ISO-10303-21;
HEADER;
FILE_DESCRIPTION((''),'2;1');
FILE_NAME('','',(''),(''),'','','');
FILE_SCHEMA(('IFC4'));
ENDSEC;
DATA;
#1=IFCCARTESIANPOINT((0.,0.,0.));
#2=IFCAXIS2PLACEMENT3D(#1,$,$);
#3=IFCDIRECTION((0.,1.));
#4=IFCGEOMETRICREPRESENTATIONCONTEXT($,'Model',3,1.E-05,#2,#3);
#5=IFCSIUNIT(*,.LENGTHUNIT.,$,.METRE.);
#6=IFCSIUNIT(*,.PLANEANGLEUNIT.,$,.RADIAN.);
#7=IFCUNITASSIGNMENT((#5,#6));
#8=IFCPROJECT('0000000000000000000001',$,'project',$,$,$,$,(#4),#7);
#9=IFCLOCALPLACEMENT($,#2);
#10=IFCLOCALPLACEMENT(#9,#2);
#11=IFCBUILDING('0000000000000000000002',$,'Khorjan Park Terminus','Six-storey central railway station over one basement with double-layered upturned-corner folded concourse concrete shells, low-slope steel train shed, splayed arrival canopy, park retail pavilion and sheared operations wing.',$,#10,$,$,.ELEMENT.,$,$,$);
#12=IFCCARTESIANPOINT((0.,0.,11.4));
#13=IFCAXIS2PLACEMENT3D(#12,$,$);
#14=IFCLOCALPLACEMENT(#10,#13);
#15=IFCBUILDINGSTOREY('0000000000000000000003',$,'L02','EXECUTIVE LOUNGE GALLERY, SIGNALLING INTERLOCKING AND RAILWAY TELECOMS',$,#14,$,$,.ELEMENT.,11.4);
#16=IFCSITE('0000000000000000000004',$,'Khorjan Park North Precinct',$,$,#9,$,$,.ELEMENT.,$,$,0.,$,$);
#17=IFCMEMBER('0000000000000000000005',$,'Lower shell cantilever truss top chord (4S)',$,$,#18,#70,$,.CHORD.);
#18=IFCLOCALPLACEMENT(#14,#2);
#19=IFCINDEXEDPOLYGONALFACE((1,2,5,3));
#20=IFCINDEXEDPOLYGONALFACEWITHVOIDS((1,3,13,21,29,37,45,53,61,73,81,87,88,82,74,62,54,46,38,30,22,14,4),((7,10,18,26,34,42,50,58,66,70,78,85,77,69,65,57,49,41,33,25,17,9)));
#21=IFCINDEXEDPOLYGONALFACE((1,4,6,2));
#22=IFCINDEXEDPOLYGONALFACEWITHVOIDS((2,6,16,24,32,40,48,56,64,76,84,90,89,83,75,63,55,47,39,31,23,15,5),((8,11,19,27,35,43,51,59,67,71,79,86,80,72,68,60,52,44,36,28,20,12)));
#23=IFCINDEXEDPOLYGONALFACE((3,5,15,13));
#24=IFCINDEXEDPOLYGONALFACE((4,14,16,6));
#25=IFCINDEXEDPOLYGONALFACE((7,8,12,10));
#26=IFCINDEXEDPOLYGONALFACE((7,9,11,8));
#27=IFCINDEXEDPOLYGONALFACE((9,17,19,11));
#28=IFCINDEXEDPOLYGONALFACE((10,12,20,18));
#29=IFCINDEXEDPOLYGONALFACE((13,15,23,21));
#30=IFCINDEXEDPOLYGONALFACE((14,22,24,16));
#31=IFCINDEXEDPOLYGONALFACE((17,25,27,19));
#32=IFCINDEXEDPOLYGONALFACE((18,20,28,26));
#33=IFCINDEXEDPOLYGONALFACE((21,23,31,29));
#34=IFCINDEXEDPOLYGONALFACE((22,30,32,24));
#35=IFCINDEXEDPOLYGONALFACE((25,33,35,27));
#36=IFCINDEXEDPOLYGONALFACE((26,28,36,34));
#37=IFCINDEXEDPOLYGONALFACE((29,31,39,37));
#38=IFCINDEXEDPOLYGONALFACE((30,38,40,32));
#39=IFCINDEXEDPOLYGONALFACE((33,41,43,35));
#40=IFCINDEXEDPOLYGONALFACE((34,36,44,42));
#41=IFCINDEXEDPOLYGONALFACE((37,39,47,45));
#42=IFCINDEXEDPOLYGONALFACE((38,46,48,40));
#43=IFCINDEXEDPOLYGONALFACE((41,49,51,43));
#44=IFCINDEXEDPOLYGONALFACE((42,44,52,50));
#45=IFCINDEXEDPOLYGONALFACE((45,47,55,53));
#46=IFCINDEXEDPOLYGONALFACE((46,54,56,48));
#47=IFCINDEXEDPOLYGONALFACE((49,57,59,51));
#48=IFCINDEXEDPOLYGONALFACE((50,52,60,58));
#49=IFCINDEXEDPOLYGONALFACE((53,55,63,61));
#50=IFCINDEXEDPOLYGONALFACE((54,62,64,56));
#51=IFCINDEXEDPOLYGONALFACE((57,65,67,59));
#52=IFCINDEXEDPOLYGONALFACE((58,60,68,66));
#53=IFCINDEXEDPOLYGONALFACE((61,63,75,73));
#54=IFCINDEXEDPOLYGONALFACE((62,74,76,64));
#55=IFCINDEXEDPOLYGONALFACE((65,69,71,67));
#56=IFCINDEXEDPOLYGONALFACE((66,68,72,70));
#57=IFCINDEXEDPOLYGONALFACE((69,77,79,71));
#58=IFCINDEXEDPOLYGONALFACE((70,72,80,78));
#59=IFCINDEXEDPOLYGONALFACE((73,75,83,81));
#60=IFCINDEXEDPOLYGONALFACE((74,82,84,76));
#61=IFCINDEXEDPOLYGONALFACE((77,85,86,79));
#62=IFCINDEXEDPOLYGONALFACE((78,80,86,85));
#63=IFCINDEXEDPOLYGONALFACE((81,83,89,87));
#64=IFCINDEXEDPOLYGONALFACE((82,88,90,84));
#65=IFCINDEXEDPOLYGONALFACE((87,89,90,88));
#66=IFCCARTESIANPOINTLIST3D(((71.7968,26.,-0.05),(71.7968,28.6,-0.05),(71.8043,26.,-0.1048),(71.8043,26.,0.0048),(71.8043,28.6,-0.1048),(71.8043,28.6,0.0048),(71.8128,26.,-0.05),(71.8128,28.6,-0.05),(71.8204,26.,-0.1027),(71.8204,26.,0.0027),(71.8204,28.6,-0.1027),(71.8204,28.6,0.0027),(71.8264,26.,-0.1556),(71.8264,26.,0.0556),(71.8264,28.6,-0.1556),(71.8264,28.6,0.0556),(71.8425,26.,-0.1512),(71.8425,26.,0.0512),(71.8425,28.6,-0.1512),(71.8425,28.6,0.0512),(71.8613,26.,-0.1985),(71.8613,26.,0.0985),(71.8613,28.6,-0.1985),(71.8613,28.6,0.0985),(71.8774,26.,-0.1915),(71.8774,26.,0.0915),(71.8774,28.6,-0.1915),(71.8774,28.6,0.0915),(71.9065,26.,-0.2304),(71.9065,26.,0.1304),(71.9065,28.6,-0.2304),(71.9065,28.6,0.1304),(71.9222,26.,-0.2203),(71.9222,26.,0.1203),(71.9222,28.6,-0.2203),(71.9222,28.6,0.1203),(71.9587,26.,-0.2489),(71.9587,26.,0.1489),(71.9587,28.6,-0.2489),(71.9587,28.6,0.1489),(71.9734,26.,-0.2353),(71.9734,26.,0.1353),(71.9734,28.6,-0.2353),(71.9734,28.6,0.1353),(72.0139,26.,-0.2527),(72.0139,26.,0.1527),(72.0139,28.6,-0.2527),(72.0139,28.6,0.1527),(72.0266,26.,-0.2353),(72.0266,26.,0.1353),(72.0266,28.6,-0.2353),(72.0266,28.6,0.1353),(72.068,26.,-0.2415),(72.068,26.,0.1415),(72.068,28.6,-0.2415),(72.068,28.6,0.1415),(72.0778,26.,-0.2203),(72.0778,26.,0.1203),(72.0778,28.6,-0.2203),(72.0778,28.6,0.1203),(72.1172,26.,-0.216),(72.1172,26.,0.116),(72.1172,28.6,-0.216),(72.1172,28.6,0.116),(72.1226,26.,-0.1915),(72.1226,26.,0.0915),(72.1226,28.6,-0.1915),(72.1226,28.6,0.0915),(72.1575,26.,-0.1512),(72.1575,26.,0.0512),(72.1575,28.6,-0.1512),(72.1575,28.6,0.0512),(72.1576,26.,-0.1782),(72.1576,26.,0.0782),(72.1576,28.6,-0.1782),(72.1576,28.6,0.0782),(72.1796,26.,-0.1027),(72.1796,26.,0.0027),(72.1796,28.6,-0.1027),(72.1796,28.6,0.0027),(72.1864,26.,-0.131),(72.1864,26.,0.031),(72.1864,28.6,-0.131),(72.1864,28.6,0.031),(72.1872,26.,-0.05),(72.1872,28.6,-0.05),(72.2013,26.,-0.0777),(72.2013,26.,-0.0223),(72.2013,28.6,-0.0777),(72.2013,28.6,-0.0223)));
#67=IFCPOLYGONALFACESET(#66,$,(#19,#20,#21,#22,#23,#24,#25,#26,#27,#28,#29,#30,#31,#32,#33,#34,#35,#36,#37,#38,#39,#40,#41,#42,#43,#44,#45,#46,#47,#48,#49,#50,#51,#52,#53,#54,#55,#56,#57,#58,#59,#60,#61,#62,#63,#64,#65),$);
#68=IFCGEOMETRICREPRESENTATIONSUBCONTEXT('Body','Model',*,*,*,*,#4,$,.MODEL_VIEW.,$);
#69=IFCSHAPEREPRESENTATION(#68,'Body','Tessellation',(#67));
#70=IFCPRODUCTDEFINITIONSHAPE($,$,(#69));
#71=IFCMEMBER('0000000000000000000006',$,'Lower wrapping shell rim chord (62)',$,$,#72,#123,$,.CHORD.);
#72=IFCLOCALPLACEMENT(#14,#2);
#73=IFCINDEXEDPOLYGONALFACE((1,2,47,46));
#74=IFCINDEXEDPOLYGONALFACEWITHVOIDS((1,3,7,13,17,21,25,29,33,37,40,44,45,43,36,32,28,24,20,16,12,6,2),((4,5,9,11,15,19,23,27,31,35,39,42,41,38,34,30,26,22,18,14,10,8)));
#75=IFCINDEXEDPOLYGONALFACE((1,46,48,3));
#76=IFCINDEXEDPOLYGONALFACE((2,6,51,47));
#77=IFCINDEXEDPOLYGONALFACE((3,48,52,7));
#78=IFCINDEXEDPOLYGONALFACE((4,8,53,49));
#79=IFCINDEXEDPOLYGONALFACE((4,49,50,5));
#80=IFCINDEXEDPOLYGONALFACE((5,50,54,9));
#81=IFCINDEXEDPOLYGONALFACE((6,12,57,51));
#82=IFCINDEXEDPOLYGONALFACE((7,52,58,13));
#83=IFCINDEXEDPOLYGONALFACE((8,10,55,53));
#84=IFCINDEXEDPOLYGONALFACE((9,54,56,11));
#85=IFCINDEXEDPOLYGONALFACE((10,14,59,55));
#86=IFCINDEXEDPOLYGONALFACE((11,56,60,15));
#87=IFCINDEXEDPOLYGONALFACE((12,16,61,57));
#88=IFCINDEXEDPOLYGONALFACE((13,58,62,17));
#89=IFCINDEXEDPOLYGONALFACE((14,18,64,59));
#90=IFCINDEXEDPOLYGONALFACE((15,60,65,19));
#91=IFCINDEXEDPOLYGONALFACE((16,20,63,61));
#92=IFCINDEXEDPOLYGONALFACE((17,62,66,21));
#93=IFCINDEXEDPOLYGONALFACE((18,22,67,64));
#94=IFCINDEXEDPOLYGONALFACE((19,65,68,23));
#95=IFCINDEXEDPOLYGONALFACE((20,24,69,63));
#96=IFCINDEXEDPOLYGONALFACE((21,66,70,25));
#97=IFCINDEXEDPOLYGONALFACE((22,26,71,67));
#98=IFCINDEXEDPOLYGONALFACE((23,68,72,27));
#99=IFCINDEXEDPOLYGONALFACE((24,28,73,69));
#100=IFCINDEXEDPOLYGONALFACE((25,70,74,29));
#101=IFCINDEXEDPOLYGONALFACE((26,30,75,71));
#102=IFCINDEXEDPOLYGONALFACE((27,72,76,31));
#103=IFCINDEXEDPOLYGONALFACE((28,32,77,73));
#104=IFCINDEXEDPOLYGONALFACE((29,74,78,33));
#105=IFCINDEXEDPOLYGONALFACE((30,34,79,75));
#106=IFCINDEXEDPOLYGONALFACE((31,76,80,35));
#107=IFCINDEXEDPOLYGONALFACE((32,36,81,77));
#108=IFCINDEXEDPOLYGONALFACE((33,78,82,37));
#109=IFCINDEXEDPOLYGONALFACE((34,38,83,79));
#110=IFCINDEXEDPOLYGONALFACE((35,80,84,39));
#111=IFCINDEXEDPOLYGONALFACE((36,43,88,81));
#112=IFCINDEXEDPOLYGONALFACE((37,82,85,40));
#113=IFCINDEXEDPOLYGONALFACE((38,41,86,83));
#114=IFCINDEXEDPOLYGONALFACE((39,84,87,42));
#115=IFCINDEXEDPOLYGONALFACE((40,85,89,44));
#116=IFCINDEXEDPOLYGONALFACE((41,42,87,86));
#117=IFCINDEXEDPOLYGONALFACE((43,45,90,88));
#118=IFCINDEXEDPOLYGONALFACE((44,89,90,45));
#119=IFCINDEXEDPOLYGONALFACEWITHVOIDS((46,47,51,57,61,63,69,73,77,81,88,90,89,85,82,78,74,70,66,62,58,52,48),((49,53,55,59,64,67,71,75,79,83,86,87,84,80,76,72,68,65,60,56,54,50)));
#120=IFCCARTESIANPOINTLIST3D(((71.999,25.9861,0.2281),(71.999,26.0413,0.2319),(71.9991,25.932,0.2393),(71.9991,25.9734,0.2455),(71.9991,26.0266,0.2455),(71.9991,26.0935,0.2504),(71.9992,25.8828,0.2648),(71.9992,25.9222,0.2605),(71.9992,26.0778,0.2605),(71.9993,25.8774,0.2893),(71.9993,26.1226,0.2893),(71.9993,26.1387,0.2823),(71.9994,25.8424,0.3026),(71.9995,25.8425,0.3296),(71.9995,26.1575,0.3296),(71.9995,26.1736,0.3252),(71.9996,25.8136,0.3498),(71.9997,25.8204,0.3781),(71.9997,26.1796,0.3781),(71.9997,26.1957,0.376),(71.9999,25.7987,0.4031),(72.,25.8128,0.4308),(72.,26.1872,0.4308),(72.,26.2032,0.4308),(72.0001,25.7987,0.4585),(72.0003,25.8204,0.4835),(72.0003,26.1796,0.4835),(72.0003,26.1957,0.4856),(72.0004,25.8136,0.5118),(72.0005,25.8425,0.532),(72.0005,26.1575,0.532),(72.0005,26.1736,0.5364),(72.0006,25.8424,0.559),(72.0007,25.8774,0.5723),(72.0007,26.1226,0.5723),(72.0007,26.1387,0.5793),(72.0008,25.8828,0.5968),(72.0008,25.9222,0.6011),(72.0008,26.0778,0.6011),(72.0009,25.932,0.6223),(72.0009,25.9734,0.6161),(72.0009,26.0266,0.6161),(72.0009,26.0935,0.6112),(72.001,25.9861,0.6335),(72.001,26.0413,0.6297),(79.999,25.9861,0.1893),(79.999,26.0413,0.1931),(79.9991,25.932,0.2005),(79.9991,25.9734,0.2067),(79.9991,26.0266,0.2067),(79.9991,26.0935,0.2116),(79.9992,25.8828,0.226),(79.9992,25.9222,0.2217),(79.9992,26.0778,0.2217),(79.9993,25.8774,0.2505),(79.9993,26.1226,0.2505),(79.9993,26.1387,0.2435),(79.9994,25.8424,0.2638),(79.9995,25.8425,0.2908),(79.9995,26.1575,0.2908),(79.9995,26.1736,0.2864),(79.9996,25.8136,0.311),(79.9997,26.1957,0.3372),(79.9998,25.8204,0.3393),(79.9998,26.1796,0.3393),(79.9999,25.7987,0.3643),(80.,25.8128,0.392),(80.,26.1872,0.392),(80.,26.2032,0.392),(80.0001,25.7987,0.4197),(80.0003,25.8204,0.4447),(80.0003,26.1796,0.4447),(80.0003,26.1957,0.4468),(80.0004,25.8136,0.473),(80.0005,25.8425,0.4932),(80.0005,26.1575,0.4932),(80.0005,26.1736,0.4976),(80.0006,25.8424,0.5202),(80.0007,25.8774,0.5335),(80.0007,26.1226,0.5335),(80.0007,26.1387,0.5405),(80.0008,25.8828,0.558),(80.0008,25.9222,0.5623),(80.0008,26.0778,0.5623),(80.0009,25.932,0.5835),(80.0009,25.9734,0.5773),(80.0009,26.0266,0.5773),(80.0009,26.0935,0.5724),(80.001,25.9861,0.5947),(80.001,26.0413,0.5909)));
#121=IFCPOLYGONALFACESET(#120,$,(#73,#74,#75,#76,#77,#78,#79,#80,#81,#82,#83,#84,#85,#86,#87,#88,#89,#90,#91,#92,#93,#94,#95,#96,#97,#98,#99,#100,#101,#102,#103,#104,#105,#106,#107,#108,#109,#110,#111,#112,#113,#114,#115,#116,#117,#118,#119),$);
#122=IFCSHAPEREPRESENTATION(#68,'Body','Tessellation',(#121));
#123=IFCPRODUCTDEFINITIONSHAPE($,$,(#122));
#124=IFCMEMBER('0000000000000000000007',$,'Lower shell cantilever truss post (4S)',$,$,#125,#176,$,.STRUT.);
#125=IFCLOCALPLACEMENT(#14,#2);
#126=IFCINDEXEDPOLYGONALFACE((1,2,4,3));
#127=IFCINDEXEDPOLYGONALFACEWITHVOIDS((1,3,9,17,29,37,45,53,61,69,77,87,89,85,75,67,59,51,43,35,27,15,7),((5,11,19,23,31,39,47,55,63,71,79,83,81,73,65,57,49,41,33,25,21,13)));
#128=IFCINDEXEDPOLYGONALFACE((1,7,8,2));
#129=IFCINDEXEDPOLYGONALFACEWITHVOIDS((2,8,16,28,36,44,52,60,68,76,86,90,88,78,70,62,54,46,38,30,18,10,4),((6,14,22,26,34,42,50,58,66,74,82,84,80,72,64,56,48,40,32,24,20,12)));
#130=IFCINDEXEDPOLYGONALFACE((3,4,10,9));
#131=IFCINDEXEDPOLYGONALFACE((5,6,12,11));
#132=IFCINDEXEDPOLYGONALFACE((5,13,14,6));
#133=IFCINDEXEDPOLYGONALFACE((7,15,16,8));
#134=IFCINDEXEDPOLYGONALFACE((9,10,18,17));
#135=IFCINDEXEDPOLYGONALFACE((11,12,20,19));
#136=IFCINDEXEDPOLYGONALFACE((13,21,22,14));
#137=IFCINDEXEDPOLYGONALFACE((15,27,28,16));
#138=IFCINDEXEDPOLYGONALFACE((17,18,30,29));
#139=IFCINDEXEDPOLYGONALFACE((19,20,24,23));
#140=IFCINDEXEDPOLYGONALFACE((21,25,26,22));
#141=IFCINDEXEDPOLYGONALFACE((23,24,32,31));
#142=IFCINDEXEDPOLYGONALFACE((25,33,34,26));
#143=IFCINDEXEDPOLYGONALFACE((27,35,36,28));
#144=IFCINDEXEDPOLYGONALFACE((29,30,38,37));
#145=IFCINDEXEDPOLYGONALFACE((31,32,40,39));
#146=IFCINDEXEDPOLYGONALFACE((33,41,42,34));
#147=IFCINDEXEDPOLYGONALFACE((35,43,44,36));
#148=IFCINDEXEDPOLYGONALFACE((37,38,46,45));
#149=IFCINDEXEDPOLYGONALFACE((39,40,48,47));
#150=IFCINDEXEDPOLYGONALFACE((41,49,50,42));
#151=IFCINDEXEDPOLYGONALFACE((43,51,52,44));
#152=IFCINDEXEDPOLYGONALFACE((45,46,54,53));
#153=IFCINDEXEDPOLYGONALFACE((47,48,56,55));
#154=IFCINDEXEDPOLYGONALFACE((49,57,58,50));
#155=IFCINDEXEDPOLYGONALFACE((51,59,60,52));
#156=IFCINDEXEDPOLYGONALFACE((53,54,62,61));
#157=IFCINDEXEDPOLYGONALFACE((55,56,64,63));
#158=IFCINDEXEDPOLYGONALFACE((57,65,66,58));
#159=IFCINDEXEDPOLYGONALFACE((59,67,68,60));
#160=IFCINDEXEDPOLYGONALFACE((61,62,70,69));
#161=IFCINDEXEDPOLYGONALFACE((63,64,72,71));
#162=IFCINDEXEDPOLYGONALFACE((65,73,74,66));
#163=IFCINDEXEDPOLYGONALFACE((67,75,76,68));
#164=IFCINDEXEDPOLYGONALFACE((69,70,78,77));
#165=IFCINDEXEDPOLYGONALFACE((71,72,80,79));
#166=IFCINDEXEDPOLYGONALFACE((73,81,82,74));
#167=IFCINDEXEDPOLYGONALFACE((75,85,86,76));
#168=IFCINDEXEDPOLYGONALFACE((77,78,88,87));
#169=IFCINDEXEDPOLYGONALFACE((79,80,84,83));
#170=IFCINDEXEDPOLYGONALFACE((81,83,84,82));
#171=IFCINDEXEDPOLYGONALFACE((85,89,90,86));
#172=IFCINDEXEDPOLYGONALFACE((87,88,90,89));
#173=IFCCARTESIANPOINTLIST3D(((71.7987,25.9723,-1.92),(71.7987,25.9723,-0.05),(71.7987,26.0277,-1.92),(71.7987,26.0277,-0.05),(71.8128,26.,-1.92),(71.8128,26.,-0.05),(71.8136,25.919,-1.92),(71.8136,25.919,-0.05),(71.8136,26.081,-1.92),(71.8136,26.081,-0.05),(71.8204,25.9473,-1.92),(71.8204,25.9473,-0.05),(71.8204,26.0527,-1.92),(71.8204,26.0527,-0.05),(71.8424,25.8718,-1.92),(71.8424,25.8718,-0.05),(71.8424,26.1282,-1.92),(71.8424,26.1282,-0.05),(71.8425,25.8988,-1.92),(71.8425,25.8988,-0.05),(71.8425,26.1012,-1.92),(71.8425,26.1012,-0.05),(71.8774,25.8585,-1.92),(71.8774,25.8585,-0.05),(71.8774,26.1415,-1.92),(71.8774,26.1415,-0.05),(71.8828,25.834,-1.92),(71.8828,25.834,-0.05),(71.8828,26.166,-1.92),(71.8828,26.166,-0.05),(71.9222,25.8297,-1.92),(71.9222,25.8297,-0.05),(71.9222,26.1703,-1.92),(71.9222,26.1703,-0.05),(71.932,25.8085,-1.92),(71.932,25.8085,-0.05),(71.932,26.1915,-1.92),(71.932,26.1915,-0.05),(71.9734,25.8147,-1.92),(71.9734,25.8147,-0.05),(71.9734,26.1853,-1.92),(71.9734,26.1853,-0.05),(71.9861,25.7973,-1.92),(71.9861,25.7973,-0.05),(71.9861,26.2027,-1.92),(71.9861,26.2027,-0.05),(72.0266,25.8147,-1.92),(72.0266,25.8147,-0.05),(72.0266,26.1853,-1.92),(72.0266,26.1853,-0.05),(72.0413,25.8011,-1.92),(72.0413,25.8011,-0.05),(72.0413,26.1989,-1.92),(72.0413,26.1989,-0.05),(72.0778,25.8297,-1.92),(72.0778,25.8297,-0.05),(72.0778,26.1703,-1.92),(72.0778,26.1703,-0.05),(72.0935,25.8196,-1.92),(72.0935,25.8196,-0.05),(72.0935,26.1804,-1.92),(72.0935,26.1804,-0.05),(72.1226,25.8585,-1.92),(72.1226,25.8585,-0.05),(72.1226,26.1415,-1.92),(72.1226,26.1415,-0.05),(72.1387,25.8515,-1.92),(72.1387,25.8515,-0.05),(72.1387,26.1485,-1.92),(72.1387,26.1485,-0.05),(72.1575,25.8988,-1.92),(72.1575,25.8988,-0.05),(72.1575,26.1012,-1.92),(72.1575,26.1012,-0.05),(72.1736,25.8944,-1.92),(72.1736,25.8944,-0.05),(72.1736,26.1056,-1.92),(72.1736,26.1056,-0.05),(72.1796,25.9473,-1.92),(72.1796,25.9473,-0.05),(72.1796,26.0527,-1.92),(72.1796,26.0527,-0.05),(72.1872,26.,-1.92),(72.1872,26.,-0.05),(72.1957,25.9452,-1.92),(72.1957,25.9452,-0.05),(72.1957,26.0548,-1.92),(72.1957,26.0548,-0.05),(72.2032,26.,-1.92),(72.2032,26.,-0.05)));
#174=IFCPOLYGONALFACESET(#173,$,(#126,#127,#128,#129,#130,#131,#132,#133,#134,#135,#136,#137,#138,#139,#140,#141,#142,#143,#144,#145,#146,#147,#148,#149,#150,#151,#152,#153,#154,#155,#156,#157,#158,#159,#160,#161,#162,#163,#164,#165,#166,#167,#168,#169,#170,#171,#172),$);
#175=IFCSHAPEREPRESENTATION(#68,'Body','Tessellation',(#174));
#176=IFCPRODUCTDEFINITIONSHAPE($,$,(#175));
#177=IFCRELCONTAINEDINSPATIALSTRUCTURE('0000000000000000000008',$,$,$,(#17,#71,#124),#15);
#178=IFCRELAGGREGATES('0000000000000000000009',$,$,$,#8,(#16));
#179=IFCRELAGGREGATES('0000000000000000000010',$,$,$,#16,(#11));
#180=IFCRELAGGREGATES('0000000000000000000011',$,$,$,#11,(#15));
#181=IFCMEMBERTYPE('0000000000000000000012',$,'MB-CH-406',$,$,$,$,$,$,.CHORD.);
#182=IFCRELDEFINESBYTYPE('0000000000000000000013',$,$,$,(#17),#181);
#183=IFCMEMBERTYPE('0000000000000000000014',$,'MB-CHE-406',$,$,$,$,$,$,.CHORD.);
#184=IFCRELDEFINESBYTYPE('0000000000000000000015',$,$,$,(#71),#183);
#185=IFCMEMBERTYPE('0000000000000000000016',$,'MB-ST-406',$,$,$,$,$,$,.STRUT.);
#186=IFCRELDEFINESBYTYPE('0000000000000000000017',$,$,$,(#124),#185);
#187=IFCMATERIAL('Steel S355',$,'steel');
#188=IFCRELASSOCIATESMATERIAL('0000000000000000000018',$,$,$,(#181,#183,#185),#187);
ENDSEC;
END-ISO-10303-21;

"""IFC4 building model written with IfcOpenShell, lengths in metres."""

from ifc_helpers import new_model, si_unit, direction, frame, origin, origin_2d, place, context, subcontext, project, spatial, hollow_circle, extrude, material, material_profile, profile_set, type_object, element, save


model = new_model("IFC4")

# Units and contexts
model_context = context("Model", 3, precision=1e-05, world=origin(), true_north=direction((0.0, 1.0)))
body_context = subcontext(model_context, "Body", "Model", "MODEL_VIEW")
ifc_project = project(units=[si_unit("LENGTHUNIT", "METRE"), si_unit("PLANEANGLEUNIT", "RADIAN")], contexts=[model_context])

# Site, building, storey
site_placement = place(None, origin())
site = spatial("IfcSite", under=ifc_project, at=site_placement, Name="Khorjan Park North Precinct", CompositionType="ELEMENT", RefElevation=0.0)
building_placement = place(site_placement, origin())
building = spatial("IfcBuilding", under=site, at=building_placement, Name="Khorjan Park Terminus", Description="Six-storey central railway station over one basement with double-layered upturned-corner folded concourse concrete shells, low-slope steel train shed, splayed arrival canopy, park retail pavilion and sheared operations wing.", CompositionType="ELEMENT")
storey_placement = place(building_placement, frame((0.0, 0.0, 11.4)))
storey = spatial("IfcBuildingStorey", under=building, at=storey_placement, Name="L02", Description="EXECUTIVE LOUNGE GALLERY, SIGNALLING INTERLOCKING AND RAILWAY TELECOMS", CompositionType="ELEMENT", Elevation=11.4)

# Members
ifc_material_1 = material(Name="Steel S355", Category="steel")
ifc_material_profile_1 = material_profile(ifc_material_1, hollow_circle(Radius=0.2032, WallThickness=0.016, at=origin_2d()), Name="CHS 406.4x16")
ifc_profile_set_1 = profile_set([ifc_material_profile_1], Name="Steel S355")
member_type_1 = type_object("IfcMemberType", Name="MB-CH-406", PredefinedType="CHORD", material=ifc_profile_set_1)
member_1_placement = place(storey_placement, frame((72.0, 26.0, -0.05), z_axis=(0.0, 1.0, 0.0), x_axis=(-1.0, 0.0, 0.0)))
element("IfcMember", 1, at=member_1_placement, inside=storey, type_object=member_type_1, Name="Lower shell cantilever truss top chord (4S)", PredefinedType="CHORD", context=body_context, shape_type="SweptSolid", body=[
    extrude(hollow_circle(Radius=0.2032, WallThickness=0.016, at=origin_2d()), origin(), (0.0, 0.0, 1.0), 2.6),
])
ifc_material_profile_2 = material_profile(ifc_material_1, hollow_circle(Radius=0.2032, WallThickness=0.016, at=origin_2d()), Name="CHS 406.4x16")
ifc_profile_set_2 = profile_set([ifc_material_profile_2], Name="Steel S355")
member_type_2 = type_object("IfcMemberType", Name="MB-CHE-406", PredefinedType="CHORD", material=ifc_profile_set_2)
member_2_placement = place(storey_placement, frame((72.0, 26.0, 0.4308), z_axis=(0.999988, 0.0, -0.00485), x_axis=(0.0, 1.0, 0.0)))
element("IfcMember", 2, at=member_2_placement, inside=storey, type_object=member_type_2, Name="Lower wrapping shell rim chord (62)", PredefinedType="CHORD", context=body_context, shape_type="SweptSolid", body=[
    extrude(hollow_circle(Radius=0.2032, WallThickness=0.016, at=origin_2d()), origin(), (0.0, 0.0, 1.0), 8.0001),
])
ifc_material_profile_3 = material_profile(ifc_material_1, hollow_circle(Radius=0.2032, WallThickness=0.016, at=origin_2d()), Name="CHS 406.4x16")
ifc_profile_set_3 = profile_set([ifc_material_profile_3], Name="Steel S355")
member_type_3 = type_object("IfcMemberType", Name="MB-ST-406", PredefinedType="STRUT", material=ifc_profile_set_3)
member_3_placement = place(storey_placement, frame((72.0, 26.0, -1.92), z_axis=(0.0, 0.0, 1.0), x_axis=(1.0, 0.0, 0.0)))
element("IfcMember", 3, at=member_3_placement, inside=storey, type_object=member_type_3, Name="Lower shell cantilever truss post (4S)", PredefinedType="STRUT", context=body_context, shape_type="SweptSolid", body=[
    extrude(hollow_circle(Radius=0.2032, WallThickness=0.016, at=origin_2d()), origin(), (0.0, 0.0, 1.0), 1.87),
])

save(model, "model.ifc")
